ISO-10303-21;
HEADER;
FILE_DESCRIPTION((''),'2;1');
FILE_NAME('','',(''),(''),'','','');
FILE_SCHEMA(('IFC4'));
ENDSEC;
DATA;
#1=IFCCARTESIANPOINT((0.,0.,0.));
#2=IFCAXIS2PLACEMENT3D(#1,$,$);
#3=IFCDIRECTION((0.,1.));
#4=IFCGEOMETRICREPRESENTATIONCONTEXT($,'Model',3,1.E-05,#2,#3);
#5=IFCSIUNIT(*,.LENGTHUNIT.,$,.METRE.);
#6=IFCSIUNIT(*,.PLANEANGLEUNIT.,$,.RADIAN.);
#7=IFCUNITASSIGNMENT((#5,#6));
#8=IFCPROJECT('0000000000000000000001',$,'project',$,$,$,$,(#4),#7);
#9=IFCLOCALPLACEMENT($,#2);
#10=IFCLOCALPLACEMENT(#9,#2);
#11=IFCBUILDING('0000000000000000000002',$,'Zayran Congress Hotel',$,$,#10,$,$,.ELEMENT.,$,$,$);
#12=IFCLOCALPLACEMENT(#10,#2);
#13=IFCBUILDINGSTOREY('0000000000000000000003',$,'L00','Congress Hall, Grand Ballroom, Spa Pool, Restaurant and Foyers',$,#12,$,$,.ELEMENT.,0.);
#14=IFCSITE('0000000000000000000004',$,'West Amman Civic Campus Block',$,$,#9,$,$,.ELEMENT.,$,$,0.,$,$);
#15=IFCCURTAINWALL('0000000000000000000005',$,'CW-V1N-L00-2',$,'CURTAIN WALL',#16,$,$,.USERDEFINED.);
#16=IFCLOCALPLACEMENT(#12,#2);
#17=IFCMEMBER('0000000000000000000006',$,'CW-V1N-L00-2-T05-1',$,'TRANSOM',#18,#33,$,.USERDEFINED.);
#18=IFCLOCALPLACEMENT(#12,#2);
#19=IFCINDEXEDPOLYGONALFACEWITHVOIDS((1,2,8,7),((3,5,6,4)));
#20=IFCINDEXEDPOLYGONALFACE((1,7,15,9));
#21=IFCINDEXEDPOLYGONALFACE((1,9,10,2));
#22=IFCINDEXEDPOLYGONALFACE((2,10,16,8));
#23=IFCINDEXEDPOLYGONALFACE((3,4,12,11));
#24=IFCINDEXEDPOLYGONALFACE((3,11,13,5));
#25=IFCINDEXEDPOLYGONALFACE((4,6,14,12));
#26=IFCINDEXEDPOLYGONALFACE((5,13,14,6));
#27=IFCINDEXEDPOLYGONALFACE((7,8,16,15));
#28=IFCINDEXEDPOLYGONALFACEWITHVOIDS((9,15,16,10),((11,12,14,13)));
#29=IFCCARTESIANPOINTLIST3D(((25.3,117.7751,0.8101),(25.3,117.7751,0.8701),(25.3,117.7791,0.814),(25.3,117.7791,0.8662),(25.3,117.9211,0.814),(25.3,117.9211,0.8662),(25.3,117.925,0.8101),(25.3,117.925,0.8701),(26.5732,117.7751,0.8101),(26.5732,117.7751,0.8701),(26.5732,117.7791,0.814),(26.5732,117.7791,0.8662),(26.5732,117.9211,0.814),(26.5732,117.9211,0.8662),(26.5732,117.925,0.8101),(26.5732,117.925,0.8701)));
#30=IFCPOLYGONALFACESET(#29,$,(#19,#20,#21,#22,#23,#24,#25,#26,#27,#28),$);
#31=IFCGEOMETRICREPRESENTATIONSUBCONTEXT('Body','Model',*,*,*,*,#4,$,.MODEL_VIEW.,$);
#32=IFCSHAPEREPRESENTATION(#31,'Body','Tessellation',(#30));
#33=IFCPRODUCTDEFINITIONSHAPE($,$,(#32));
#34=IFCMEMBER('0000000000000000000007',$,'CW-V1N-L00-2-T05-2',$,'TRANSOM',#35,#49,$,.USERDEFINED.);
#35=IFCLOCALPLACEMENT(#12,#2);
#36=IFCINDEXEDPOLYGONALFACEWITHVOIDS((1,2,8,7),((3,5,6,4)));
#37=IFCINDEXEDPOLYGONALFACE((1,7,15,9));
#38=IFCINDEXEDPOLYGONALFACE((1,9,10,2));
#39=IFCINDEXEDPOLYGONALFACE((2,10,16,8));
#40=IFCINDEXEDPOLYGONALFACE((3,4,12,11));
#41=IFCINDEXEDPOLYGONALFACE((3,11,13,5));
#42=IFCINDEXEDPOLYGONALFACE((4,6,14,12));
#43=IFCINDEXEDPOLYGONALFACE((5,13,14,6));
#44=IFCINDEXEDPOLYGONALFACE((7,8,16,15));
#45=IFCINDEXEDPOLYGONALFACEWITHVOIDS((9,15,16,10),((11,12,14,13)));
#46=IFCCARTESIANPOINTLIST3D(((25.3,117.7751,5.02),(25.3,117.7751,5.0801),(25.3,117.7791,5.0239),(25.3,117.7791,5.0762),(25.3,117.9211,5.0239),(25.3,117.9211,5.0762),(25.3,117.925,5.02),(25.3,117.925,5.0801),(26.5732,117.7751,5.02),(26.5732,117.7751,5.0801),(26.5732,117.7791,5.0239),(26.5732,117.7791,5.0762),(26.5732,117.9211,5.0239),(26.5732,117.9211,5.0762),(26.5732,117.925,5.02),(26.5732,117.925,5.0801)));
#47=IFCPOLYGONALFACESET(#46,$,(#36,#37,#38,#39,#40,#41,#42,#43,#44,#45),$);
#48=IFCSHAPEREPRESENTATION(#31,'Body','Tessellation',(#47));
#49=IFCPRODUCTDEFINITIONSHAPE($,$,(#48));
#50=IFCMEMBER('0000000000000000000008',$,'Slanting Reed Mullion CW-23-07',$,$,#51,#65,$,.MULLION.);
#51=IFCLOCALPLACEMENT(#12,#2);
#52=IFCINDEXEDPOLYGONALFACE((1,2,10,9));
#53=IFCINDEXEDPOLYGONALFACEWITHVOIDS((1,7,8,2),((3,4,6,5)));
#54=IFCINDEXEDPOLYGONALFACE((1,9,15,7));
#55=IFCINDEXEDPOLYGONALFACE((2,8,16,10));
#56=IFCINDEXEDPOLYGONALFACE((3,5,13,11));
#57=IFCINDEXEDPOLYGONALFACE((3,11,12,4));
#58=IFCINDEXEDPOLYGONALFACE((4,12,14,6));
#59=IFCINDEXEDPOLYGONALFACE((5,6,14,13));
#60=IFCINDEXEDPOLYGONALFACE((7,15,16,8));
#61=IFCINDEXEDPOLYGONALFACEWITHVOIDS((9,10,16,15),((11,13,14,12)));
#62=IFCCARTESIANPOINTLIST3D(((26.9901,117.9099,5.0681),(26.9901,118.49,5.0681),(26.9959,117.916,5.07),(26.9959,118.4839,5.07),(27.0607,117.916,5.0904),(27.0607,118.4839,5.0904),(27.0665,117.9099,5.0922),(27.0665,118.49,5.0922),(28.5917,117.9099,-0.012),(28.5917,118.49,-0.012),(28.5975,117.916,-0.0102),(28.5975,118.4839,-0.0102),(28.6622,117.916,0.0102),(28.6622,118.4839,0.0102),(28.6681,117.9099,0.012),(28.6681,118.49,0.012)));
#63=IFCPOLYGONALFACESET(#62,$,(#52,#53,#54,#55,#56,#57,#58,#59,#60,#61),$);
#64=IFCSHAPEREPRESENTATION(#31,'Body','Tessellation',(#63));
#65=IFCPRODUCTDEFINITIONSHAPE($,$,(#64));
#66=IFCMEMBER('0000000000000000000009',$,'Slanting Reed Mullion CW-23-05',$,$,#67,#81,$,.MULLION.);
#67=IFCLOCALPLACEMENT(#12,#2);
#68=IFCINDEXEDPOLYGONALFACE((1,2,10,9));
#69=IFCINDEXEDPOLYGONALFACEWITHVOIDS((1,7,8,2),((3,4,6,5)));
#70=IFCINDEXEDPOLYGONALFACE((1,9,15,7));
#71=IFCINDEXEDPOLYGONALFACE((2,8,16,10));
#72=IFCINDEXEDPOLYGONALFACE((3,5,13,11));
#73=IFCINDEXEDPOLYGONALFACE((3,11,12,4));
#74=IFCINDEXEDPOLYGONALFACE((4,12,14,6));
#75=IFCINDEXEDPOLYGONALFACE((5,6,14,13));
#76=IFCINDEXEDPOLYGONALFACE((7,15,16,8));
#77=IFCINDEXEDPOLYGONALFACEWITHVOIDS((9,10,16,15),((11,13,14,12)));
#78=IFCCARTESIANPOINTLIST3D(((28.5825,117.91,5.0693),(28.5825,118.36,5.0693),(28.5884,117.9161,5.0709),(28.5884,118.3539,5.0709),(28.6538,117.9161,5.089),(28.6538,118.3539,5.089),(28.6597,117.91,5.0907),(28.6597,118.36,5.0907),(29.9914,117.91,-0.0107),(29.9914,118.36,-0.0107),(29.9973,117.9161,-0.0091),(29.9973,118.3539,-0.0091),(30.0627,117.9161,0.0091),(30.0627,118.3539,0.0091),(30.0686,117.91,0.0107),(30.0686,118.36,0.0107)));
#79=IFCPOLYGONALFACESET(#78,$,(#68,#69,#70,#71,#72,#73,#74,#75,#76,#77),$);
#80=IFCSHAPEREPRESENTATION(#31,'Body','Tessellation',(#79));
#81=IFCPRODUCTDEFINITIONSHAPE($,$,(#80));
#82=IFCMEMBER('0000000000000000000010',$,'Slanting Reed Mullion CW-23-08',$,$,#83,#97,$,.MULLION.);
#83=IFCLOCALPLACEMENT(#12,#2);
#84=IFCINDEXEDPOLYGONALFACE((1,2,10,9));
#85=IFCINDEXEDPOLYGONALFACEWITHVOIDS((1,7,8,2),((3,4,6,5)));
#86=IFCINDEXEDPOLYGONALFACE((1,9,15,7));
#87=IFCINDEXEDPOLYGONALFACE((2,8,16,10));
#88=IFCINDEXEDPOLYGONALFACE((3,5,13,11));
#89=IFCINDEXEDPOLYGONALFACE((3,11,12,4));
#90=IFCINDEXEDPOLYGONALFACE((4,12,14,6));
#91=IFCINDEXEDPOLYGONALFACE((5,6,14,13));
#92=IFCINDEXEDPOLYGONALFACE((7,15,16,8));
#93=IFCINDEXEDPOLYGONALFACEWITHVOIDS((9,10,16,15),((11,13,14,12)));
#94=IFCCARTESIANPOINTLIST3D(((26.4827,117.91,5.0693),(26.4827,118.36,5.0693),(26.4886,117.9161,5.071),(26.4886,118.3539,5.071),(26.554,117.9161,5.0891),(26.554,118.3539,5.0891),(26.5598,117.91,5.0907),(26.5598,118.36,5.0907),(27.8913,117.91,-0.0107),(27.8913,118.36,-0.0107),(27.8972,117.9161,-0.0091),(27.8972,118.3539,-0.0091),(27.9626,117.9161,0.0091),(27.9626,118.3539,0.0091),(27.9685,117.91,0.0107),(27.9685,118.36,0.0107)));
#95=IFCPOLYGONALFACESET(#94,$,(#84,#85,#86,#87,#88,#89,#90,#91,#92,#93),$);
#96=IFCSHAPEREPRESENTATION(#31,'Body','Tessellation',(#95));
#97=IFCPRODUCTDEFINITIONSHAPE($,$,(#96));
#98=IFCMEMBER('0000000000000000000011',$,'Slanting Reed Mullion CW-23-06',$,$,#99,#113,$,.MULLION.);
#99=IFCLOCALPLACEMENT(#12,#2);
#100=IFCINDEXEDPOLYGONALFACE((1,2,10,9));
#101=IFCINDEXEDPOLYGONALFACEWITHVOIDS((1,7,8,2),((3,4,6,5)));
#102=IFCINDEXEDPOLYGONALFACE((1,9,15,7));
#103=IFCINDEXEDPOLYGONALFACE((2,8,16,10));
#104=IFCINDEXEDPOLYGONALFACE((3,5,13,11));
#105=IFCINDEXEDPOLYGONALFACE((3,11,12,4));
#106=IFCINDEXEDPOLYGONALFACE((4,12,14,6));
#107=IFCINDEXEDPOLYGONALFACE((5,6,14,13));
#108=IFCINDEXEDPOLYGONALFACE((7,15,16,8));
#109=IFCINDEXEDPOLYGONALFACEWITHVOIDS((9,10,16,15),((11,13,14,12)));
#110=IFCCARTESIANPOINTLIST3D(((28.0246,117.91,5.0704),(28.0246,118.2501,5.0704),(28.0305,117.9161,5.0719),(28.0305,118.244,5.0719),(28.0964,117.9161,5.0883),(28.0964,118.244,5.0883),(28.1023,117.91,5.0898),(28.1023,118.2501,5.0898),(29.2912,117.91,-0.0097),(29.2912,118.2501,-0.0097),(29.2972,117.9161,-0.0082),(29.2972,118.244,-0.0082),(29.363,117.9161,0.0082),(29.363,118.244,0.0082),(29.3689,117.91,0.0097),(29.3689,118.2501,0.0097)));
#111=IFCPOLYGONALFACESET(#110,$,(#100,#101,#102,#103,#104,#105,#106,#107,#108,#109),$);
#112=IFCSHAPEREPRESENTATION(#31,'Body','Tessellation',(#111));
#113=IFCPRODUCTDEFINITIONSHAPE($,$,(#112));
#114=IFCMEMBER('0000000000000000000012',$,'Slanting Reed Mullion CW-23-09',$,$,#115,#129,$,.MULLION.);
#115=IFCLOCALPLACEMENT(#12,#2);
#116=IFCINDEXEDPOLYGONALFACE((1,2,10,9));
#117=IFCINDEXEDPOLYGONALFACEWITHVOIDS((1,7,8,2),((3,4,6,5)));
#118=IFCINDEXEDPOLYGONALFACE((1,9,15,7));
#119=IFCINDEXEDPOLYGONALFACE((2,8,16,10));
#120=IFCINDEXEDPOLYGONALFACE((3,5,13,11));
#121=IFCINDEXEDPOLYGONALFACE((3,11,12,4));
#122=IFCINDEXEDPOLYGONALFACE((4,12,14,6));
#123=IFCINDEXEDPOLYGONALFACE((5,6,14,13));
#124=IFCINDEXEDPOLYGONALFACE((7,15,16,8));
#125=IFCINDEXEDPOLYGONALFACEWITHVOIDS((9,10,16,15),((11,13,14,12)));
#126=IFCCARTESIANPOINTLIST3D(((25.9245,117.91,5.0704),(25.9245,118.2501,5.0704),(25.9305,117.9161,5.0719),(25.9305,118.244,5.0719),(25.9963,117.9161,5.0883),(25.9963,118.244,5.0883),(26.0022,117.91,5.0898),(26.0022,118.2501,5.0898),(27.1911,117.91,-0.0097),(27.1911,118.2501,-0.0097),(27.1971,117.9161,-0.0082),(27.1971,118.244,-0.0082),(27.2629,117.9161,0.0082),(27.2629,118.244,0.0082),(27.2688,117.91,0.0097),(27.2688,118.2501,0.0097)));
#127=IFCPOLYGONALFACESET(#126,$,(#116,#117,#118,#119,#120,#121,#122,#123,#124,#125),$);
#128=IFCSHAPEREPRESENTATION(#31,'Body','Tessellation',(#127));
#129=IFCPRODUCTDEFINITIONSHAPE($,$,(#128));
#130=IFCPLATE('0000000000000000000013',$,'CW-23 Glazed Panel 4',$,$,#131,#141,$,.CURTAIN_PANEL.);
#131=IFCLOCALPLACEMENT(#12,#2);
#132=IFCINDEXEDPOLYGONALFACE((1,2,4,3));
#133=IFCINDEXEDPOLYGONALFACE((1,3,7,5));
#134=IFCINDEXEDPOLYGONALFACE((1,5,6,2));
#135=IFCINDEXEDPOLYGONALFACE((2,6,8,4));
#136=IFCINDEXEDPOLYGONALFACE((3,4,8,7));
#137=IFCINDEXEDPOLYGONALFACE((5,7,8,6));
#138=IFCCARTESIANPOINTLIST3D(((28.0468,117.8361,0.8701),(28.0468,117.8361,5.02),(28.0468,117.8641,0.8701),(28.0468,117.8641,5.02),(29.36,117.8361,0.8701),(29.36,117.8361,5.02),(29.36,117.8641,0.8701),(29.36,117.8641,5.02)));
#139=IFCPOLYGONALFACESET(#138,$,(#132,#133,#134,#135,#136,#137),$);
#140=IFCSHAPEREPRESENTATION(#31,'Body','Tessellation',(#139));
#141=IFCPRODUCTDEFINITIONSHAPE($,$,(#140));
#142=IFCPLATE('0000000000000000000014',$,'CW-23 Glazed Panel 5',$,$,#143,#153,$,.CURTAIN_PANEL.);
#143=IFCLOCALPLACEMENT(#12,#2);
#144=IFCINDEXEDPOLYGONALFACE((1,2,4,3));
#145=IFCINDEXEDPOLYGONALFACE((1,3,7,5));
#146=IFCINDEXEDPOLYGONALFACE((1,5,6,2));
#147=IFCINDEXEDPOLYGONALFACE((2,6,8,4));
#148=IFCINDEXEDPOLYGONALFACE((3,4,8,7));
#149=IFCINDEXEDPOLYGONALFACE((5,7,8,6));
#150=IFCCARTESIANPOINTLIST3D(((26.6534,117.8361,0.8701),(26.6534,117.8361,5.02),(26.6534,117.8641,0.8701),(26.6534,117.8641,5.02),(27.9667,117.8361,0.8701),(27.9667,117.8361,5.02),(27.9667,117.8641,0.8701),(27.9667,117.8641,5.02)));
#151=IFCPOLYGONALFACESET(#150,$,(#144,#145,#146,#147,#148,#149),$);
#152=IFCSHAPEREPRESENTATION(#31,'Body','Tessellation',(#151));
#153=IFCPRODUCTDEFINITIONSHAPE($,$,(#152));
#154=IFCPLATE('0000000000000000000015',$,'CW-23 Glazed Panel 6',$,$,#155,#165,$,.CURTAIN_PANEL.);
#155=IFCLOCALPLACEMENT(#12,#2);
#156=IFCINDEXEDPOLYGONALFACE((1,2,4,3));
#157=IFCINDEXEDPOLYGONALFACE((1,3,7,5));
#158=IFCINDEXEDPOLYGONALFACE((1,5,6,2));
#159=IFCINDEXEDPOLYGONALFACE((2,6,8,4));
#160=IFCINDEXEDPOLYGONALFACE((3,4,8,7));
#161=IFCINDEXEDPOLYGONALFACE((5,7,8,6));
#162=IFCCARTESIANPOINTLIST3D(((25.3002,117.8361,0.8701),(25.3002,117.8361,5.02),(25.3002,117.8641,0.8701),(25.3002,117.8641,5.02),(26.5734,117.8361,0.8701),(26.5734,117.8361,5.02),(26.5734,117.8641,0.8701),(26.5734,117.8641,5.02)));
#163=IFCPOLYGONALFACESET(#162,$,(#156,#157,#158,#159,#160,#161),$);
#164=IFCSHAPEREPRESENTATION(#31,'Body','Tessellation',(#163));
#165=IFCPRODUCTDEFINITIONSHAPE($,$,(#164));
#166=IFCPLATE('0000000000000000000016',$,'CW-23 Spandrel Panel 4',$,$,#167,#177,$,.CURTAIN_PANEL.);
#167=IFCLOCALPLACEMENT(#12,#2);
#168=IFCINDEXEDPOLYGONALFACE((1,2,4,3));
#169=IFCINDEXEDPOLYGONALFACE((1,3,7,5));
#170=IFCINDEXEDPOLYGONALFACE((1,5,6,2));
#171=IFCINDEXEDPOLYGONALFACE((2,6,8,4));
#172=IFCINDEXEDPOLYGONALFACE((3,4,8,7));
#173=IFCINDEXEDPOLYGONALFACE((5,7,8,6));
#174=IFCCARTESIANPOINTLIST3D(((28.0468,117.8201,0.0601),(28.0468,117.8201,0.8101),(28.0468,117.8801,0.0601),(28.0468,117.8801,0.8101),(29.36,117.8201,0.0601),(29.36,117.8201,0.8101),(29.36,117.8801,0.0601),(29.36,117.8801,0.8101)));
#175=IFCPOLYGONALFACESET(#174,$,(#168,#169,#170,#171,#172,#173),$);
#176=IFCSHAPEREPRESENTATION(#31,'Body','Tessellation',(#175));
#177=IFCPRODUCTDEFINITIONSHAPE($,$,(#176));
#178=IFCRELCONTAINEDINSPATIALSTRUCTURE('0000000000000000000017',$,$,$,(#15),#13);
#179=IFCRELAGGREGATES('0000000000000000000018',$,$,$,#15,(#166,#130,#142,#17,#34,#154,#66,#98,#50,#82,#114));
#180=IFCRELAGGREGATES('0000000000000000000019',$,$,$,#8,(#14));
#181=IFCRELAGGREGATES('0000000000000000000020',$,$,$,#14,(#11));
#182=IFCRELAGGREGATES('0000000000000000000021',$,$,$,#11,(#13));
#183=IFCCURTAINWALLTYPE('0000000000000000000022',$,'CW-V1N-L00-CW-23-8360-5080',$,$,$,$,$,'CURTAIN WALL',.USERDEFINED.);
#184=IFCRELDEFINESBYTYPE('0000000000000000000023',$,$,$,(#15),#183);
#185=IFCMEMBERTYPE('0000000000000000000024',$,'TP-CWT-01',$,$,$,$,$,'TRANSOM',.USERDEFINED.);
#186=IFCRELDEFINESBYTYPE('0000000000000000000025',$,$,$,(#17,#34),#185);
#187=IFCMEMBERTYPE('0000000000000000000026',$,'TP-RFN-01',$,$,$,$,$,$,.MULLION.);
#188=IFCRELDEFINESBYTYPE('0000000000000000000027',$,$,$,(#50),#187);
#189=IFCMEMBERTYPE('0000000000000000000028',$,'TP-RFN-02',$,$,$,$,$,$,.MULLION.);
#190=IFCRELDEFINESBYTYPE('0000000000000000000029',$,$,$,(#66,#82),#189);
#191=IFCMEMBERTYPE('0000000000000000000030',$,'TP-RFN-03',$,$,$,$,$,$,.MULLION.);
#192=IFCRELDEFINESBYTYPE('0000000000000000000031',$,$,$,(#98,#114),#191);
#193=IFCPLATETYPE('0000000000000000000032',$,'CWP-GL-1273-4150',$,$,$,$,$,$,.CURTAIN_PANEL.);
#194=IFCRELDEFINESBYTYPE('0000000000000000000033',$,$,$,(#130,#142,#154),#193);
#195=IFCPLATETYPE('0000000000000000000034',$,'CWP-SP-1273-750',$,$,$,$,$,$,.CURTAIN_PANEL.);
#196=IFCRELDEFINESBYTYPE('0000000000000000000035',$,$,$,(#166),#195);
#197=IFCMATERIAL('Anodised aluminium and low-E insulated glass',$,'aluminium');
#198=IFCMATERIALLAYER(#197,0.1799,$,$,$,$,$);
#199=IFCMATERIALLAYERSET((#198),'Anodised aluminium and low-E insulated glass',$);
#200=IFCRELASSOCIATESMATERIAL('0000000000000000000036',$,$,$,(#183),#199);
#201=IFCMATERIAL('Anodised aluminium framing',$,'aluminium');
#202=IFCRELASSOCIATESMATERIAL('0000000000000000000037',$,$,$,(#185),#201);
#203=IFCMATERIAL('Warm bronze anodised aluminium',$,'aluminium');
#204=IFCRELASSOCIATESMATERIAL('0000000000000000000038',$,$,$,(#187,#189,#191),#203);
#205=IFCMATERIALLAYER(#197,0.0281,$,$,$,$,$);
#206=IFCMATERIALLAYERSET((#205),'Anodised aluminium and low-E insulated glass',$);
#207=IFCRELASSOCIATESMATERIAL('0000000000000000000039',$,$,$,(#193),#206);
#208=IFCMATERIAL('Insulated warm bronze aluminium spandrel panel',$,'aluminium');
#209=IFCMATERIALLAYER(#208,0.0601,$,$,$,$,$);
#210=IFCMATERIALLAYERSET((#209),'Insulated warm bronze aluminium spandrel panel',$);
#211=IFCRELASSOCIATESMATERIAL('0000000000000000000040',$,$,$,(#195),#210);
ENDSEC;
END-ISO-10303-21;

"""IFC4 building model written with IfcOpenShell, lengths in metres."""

from ifc_helpers import new_model, si_unit, direction, frame, origin, origin_2d, place, context, subcontext, project, spatial, rectangle, hollow_rectangle, extrude, material, layer, layer_set, material_profile, profile_set, type_object, element, aggregate, save


model = new_model("IFC4")

# Units and contexts
model_context = context("Model", 3, precision=1e-05, world=origin(), true_north=direction((0.0, 1.0)))
body_context = subcontext(model_context, "Body", "Model", "MODEL_VIEW")
ifc_project = project(units=[si_unit("LENGTHUNIT", "METRE"), si_unit("PLANEANGLEUNIT", "RADIAN")], contexts=[model_context])

# Site, building, storey
site_placement = place(None, origin())
site = spatial("IfcSite", under=ifc_project, at=site_placement, Name="West Amman Civic Campus Block", CompositionType="ELEMENT", RefElevation=0.0)
building_placement = place(site_placement, origin())
building = spatial("IfcBuilding", under=site, at=building_placement, Name="Zayran Congress Hotel", CompositionType="ELEMENT")
storey_placement = place(building_placement, origin())
storey = spatial("IfcBuildingStorey", under=building, at=storey_placement, Name="L00", Description="Congress Hall, Grand Ballroom, Spa Pool, Restaurant and Foyers", CompositionType="ELEMENT", Elevation=0.0)

# Curtain wall, members, plates
ifc_material_1 = material(Name="Anodised aluminium and low-E insulated glass", Category="aluminium")
ifc_layer_1 = layer(ifc_material_1, 0.1799)
ifc_layer_set_1 = layer_set([ifc_layer_1], Name="Anodised aluminium and low-E insulated glass")
curtain_wall_type = type_object("IfcCurtainWallType", Name="CW-V1N-L00-CW-23-8360-5080", ElementType="CURTAIN WALL", PredefinedType="USERDEFINED", material=ifc_layer_set_1)
curtain_wall_placement = place(storey_placement, origin())
curtain_wall = element("IfcCurtainWall", 1, at=curtain_wall_placement, inside=storey, type_object=curtain_wall_type, Name="CW-V1N-L00-2", ObjectType="CURTAIN WALL", PredefinedType="USERDEFINED")
ifc_material_2 = material(Name="Anodised aluminium framing", Category="aluminium")
ifc_material_profile_1 = material_profile(ifc_material_2, hollow_rectangle(XDim=0.0601, YDim=0.1499, WallThickness=0.0039, at=origin_2d()), Name="RHS 150x60x4")
ifc_profile_set_1 = profile_set([ifc_material_profile_1], Name="Anodised aluminium framing")
member_type_1 = type_object("IfcMemberType", Name="TP-CWT-01", ElementType="TRANSOM", PredefinedType="USERDEFINED", material=ifc_profile_set_1)
member_1_placement = place(storey_placement, frame((26.5732, 117.8501, 0.8401), z_axis=(-1.0, 0.0, 0.0), x_axis=(0.0, 0.0, 1.0)))
member_1 = element("IfcMember", 2, at=member_1_placement, type_object=member_type_1, Name="CW-V1N-L00-2-T05-1", ObjectType="TRANSOM", PredefinedType="USERDEFINED", context=body_context, shape_type="SweptSolid", body=[
    extrude(hollow_rectangle(XDim=0.0601, YDim=0.1499, WallThickness=0.0039, at=origin_2d()), origin(), (0.0, 0.0, 1.0), 1.2732),
])
member_2_placement = place(storey_placement, frame((26.5732, 117.8501, 5.05), z_axis=(-1.0, 0.0, 0.0), x_axis=(0.0, 0.0, 1.0)))
member_2 = element("IfcMember", 3, at=member_2_placement, type_object=member_type_1, Name="CW-V1N-L00-2-T05-2", ObjectType="TRANSOM", PredefinedType="USERDEFINED", context=body_context, shape_type="SweptSolid", body=[
    extrude(hollow_rectangle(XDim=0.0601, YDim=0.1499, WallThickness=0.0039, at=origin_2d()), origin(), (0.0, 0.0, 1.0), 1.2732),
])
ifc_material_3 = material(Name="Warm bronze anodised aluminium", Category="aluminium")
ifc_material_profile_2 = material_profile(ifc_material_3, hollow_rectangle(XDim=0.0801, YDim=0.5801, WallThickness=0.0061, at=origin_2d()), Name="RHS 580x80x6")
ifc_profile_set_2 = profile_set([ifc_material_profile_2], Name="Warm bronze anodised aluminium")
member_type_2 = type_object("IfcMemberType", Name="TP-RFN-01", PredefinedType="MULLION", material=ifc_profile_set_2)
member_3_placement = place(storey_placement, frame((28.6299, 118.2, 0.0), z_axis=(-0.300675, 0.0, 0.953727), x_axis=(0.953727, 0.0, 0.300675)))
member_3 = element("IfcMember", 4, at=member_3_placement, type_object=member_type_2, Name="Slanting Reed Mullion CW-23-07", PredefinedType="MULLION", context=body_context, shape_type="SweptSolid", body=[
    extrude(hollow_rectangle(XDim=0.0801, YDim=0.5801, WallThickness=0.0061, at=origin_2d()), origin(), (0.0, 0.0, 1.0), 5.3267),
])
ifc_material_profile_3 = material_profile(ifc_material_3, hollow_rectangle(XDim=0.0801, YDim=0.45, WallThickness=0.0061, at=origin_2d()), Name="RHS 450x80x6")
ifc_profile_set_3 = profile_set([ifc_material_profile_3], Name="Warm bronze anodised aluminium")
member_type_3 = type_object("IfcMemberType", Name="TP-RFN-02", PredefinedType="MULLION", material=ifc_profile_set_3)
member_4_placement = place(storey_placement, frame((30.03, 118.135, 0.0), z_axis=(-0.267257, 0.0, 0.963625), x_axis=(0.963625, 0.0, 0.267257)))
member_4 = element("IfcMember", 5, at=member_4_placement, type_object=member_type_3, Name="Slanting Reed Mullion CW-23-05", PredefinedType="MULLION", context=body_context, shape_type="SweptSolid", body=[
    extrude(hollow_rectangle(XDim=0.0801, YDim=0.45, WallThickness=0.0061, at=origin_2d()), origin(), (0.0, 0.0, 1.0), 5.2717),
])
member_5_placement = place(storey_placement, frame((27.9299, 118.135, 0.0), z_axis=(-0.267214, 0.0, 0.963637), x_axis=(0.963637, 0.0, 0.267214)))
member_5 = element("IfcMember", 6, at=member_5_placement, type_object=member_type_3, Name="Slanting Reed Mullion CW-23-08", PredefinedType="MULLION", context=body_context, shape_type="SweptSolid", body=[
    extrude(hollow_rectangle(XDim=0.0801, YDim=0.45, WallThickness=0.0061, at=origin_2d()), origin(), (0.0, 0.0, 1.0), 5.2717),
])
ifc_material_profile_4 = material_profile(ifc_material_3, hollow_rectangle(XDim=0.0801, YDim=0.3401, WallThickness=0.0061, at=origin_2d()), Name="RHS 340x80x6")
ifc_profile_set_4 = profile_set([ifc_material_profile_4], Name="Warm bronze anodised aluminium")
member_type_4 = type_object("IfcMemberType", Name="TP-RFN-03", PredefinedType="MULLION", material=ifc_profile_set_4)
member_6_placement = place(storey_placement, frame((29.3301, 118.0801, 0.0), z_axis=(-0.241921, 0.0, 0.970296), x_axis=(0.970296, 0.0, 0.241921)))
member_6 = element("IfcMember", 7, at=member_6_placement, type_object=member_type_4, Name="Slanting Reed Mullion CW-23-06", PredefinedType="MULLION", context=body_context, shape_type="SweptSolid", body=[
    extrude(hollow_rectangle(XDim=0.0801, YDim=0.3401, WallThickness=0.0061, at=origin_2d()), origin(), (0.0, 0.0, 1.0), 5.2356),
])
member_7_placement = place(storey_placement, frame((27.23, 118.0801, 0.0), z_axis=(-0.241921, 0.0, 0.970296), x_axis=(0.970296, 0.0, 0.241921)))
member_7 = element("IfcMember", 8, at=member_7_placement, type_object=member_type_4, Name="Slanting Reed Mullion CW-23-09", PredefinedType="MULLION", context=body_context, shape_type="SweptSolid", body=[
    extrude(hollow_rectangle(XDim=0.0801, YDim=0.3401, WallThickness=0.0061, at=origin_2d()), origin(), (0.0, 0.0, 1.0), 5.2356),
])
ifc_layer_2 = layer(ifc_material_1, 0.0281)
ifc_layer_set_2 = layer_set([ifc_layer_2], Name="Anodised aluminium and low-E insulated glass")
plate_type_1 = type_object("IfcPlateType", Name="CWP-GL-1273-4150", PredefinedType="CURTAIN_PANEL", material=ifc_layer_set_2)
plate_1_placement = place(storey_placement, frame((28.7034, 117.8501, 0.8701), z_axis=(0.0, 0.0, 1.0), x_axis=(1.0, 0.0, 0.0)))
plate_1 = element("IfcPlate", 9, at=plate_1_placement, type_object=plate_type_1, Name="CW-23 Glazed Panel 4", PredefinedType="CURTAIN_PANEL", context=body_context, shape_type="SweptSolid", body=[
    extrude(rectangle(XDim=1.3132, YDim=0.0281, at=origin_2d()), origin(), (0.0, 0.0, 1.0), 4.1499),
])
plate_2_placement = place(storey_placement, frame((27.3101, 117.8501, 0.8701), z_axis=(0.0, 0.0, 1.0), x_axis=(1.0, 0.0, 0.0)))
plate_2 = element("IfcPlate", 10, at=plate_2_placement, type_object=plate_type_1, Name="CW-23 Glazed Panel 5", PredefinedType="CURTAIN_PANEL", context=body_context, shape_type="SweptSolid", body=[
    extrude(rectangle(XDim=1.3132, YDim=0.0281, at=origin_2d()), origin(), (0.0, 0.0, 1.0), 4.1499),
])
plate_3_placement = place(storey_placement, frame((25.9368, 117.8501, 0.8701), z_axis=(0.0, 0.0, 1.0), x_axis=(1.0, 0.0, 0.0)))
plate_3 = element("IfcPlate", 11, at=plate_3_placement, type_object=plate_type_1, Name="CW-23 Glazed Panel 6", PredefinedType="CURTAIN_PANEL", context=body_context, shape_type="SweptSolid", body=[
    extrude(rectangle(XDim=1.2732, YDim=0.0281, at=origin_2d()), origin(), (0.0, 0.0, 1.0), 4.1499),
])
ifc_material_4 = material(Name="Insulated warm bronze aluminium spandrel panel", Category="aluminium")
ifc_layer_3 = layer(ifc_material_4, 0.0601)
ifc_layer_set_3 = layer_set([ifc_layer_3], Name="Insulated warm bronze aluminium spandrel panel")
plate_type_2 = type_object("IfcPlateType", Name="CWP-SP-1273-750", PredefinedType="CURTAIN_PANEL", material=ifc_layer_set_3)
plate_4_placement = place(storey_placement, frame((28.7034, 117.8501, 0.0601), z_axis=(0.0, 0.0, 1.0), x_axis=(1.0, 0.0, 0.0)))
plate_4 = element("IfcPlate", 12, at=plate_4_placement, type_object=plate_type_2, Name="CW-23 Spandrel Panel 4", PredefinedType="CURTAIN_PANEL", context=body_context, shape_type="SweptSolid", body=[
    extrude(rectangle(XDim=1.3132, YDim=0.0601, at=origin_2d()), origin(), (0.0, 0.0, 1.0), 0.75),
])
aggregate(curtain_wall, [plate_4, plate_1, plate_2, member_1, member_2, plate_3, member_4, member_6, member_3, member_5, member_7])

save(model, "model.ifc")
